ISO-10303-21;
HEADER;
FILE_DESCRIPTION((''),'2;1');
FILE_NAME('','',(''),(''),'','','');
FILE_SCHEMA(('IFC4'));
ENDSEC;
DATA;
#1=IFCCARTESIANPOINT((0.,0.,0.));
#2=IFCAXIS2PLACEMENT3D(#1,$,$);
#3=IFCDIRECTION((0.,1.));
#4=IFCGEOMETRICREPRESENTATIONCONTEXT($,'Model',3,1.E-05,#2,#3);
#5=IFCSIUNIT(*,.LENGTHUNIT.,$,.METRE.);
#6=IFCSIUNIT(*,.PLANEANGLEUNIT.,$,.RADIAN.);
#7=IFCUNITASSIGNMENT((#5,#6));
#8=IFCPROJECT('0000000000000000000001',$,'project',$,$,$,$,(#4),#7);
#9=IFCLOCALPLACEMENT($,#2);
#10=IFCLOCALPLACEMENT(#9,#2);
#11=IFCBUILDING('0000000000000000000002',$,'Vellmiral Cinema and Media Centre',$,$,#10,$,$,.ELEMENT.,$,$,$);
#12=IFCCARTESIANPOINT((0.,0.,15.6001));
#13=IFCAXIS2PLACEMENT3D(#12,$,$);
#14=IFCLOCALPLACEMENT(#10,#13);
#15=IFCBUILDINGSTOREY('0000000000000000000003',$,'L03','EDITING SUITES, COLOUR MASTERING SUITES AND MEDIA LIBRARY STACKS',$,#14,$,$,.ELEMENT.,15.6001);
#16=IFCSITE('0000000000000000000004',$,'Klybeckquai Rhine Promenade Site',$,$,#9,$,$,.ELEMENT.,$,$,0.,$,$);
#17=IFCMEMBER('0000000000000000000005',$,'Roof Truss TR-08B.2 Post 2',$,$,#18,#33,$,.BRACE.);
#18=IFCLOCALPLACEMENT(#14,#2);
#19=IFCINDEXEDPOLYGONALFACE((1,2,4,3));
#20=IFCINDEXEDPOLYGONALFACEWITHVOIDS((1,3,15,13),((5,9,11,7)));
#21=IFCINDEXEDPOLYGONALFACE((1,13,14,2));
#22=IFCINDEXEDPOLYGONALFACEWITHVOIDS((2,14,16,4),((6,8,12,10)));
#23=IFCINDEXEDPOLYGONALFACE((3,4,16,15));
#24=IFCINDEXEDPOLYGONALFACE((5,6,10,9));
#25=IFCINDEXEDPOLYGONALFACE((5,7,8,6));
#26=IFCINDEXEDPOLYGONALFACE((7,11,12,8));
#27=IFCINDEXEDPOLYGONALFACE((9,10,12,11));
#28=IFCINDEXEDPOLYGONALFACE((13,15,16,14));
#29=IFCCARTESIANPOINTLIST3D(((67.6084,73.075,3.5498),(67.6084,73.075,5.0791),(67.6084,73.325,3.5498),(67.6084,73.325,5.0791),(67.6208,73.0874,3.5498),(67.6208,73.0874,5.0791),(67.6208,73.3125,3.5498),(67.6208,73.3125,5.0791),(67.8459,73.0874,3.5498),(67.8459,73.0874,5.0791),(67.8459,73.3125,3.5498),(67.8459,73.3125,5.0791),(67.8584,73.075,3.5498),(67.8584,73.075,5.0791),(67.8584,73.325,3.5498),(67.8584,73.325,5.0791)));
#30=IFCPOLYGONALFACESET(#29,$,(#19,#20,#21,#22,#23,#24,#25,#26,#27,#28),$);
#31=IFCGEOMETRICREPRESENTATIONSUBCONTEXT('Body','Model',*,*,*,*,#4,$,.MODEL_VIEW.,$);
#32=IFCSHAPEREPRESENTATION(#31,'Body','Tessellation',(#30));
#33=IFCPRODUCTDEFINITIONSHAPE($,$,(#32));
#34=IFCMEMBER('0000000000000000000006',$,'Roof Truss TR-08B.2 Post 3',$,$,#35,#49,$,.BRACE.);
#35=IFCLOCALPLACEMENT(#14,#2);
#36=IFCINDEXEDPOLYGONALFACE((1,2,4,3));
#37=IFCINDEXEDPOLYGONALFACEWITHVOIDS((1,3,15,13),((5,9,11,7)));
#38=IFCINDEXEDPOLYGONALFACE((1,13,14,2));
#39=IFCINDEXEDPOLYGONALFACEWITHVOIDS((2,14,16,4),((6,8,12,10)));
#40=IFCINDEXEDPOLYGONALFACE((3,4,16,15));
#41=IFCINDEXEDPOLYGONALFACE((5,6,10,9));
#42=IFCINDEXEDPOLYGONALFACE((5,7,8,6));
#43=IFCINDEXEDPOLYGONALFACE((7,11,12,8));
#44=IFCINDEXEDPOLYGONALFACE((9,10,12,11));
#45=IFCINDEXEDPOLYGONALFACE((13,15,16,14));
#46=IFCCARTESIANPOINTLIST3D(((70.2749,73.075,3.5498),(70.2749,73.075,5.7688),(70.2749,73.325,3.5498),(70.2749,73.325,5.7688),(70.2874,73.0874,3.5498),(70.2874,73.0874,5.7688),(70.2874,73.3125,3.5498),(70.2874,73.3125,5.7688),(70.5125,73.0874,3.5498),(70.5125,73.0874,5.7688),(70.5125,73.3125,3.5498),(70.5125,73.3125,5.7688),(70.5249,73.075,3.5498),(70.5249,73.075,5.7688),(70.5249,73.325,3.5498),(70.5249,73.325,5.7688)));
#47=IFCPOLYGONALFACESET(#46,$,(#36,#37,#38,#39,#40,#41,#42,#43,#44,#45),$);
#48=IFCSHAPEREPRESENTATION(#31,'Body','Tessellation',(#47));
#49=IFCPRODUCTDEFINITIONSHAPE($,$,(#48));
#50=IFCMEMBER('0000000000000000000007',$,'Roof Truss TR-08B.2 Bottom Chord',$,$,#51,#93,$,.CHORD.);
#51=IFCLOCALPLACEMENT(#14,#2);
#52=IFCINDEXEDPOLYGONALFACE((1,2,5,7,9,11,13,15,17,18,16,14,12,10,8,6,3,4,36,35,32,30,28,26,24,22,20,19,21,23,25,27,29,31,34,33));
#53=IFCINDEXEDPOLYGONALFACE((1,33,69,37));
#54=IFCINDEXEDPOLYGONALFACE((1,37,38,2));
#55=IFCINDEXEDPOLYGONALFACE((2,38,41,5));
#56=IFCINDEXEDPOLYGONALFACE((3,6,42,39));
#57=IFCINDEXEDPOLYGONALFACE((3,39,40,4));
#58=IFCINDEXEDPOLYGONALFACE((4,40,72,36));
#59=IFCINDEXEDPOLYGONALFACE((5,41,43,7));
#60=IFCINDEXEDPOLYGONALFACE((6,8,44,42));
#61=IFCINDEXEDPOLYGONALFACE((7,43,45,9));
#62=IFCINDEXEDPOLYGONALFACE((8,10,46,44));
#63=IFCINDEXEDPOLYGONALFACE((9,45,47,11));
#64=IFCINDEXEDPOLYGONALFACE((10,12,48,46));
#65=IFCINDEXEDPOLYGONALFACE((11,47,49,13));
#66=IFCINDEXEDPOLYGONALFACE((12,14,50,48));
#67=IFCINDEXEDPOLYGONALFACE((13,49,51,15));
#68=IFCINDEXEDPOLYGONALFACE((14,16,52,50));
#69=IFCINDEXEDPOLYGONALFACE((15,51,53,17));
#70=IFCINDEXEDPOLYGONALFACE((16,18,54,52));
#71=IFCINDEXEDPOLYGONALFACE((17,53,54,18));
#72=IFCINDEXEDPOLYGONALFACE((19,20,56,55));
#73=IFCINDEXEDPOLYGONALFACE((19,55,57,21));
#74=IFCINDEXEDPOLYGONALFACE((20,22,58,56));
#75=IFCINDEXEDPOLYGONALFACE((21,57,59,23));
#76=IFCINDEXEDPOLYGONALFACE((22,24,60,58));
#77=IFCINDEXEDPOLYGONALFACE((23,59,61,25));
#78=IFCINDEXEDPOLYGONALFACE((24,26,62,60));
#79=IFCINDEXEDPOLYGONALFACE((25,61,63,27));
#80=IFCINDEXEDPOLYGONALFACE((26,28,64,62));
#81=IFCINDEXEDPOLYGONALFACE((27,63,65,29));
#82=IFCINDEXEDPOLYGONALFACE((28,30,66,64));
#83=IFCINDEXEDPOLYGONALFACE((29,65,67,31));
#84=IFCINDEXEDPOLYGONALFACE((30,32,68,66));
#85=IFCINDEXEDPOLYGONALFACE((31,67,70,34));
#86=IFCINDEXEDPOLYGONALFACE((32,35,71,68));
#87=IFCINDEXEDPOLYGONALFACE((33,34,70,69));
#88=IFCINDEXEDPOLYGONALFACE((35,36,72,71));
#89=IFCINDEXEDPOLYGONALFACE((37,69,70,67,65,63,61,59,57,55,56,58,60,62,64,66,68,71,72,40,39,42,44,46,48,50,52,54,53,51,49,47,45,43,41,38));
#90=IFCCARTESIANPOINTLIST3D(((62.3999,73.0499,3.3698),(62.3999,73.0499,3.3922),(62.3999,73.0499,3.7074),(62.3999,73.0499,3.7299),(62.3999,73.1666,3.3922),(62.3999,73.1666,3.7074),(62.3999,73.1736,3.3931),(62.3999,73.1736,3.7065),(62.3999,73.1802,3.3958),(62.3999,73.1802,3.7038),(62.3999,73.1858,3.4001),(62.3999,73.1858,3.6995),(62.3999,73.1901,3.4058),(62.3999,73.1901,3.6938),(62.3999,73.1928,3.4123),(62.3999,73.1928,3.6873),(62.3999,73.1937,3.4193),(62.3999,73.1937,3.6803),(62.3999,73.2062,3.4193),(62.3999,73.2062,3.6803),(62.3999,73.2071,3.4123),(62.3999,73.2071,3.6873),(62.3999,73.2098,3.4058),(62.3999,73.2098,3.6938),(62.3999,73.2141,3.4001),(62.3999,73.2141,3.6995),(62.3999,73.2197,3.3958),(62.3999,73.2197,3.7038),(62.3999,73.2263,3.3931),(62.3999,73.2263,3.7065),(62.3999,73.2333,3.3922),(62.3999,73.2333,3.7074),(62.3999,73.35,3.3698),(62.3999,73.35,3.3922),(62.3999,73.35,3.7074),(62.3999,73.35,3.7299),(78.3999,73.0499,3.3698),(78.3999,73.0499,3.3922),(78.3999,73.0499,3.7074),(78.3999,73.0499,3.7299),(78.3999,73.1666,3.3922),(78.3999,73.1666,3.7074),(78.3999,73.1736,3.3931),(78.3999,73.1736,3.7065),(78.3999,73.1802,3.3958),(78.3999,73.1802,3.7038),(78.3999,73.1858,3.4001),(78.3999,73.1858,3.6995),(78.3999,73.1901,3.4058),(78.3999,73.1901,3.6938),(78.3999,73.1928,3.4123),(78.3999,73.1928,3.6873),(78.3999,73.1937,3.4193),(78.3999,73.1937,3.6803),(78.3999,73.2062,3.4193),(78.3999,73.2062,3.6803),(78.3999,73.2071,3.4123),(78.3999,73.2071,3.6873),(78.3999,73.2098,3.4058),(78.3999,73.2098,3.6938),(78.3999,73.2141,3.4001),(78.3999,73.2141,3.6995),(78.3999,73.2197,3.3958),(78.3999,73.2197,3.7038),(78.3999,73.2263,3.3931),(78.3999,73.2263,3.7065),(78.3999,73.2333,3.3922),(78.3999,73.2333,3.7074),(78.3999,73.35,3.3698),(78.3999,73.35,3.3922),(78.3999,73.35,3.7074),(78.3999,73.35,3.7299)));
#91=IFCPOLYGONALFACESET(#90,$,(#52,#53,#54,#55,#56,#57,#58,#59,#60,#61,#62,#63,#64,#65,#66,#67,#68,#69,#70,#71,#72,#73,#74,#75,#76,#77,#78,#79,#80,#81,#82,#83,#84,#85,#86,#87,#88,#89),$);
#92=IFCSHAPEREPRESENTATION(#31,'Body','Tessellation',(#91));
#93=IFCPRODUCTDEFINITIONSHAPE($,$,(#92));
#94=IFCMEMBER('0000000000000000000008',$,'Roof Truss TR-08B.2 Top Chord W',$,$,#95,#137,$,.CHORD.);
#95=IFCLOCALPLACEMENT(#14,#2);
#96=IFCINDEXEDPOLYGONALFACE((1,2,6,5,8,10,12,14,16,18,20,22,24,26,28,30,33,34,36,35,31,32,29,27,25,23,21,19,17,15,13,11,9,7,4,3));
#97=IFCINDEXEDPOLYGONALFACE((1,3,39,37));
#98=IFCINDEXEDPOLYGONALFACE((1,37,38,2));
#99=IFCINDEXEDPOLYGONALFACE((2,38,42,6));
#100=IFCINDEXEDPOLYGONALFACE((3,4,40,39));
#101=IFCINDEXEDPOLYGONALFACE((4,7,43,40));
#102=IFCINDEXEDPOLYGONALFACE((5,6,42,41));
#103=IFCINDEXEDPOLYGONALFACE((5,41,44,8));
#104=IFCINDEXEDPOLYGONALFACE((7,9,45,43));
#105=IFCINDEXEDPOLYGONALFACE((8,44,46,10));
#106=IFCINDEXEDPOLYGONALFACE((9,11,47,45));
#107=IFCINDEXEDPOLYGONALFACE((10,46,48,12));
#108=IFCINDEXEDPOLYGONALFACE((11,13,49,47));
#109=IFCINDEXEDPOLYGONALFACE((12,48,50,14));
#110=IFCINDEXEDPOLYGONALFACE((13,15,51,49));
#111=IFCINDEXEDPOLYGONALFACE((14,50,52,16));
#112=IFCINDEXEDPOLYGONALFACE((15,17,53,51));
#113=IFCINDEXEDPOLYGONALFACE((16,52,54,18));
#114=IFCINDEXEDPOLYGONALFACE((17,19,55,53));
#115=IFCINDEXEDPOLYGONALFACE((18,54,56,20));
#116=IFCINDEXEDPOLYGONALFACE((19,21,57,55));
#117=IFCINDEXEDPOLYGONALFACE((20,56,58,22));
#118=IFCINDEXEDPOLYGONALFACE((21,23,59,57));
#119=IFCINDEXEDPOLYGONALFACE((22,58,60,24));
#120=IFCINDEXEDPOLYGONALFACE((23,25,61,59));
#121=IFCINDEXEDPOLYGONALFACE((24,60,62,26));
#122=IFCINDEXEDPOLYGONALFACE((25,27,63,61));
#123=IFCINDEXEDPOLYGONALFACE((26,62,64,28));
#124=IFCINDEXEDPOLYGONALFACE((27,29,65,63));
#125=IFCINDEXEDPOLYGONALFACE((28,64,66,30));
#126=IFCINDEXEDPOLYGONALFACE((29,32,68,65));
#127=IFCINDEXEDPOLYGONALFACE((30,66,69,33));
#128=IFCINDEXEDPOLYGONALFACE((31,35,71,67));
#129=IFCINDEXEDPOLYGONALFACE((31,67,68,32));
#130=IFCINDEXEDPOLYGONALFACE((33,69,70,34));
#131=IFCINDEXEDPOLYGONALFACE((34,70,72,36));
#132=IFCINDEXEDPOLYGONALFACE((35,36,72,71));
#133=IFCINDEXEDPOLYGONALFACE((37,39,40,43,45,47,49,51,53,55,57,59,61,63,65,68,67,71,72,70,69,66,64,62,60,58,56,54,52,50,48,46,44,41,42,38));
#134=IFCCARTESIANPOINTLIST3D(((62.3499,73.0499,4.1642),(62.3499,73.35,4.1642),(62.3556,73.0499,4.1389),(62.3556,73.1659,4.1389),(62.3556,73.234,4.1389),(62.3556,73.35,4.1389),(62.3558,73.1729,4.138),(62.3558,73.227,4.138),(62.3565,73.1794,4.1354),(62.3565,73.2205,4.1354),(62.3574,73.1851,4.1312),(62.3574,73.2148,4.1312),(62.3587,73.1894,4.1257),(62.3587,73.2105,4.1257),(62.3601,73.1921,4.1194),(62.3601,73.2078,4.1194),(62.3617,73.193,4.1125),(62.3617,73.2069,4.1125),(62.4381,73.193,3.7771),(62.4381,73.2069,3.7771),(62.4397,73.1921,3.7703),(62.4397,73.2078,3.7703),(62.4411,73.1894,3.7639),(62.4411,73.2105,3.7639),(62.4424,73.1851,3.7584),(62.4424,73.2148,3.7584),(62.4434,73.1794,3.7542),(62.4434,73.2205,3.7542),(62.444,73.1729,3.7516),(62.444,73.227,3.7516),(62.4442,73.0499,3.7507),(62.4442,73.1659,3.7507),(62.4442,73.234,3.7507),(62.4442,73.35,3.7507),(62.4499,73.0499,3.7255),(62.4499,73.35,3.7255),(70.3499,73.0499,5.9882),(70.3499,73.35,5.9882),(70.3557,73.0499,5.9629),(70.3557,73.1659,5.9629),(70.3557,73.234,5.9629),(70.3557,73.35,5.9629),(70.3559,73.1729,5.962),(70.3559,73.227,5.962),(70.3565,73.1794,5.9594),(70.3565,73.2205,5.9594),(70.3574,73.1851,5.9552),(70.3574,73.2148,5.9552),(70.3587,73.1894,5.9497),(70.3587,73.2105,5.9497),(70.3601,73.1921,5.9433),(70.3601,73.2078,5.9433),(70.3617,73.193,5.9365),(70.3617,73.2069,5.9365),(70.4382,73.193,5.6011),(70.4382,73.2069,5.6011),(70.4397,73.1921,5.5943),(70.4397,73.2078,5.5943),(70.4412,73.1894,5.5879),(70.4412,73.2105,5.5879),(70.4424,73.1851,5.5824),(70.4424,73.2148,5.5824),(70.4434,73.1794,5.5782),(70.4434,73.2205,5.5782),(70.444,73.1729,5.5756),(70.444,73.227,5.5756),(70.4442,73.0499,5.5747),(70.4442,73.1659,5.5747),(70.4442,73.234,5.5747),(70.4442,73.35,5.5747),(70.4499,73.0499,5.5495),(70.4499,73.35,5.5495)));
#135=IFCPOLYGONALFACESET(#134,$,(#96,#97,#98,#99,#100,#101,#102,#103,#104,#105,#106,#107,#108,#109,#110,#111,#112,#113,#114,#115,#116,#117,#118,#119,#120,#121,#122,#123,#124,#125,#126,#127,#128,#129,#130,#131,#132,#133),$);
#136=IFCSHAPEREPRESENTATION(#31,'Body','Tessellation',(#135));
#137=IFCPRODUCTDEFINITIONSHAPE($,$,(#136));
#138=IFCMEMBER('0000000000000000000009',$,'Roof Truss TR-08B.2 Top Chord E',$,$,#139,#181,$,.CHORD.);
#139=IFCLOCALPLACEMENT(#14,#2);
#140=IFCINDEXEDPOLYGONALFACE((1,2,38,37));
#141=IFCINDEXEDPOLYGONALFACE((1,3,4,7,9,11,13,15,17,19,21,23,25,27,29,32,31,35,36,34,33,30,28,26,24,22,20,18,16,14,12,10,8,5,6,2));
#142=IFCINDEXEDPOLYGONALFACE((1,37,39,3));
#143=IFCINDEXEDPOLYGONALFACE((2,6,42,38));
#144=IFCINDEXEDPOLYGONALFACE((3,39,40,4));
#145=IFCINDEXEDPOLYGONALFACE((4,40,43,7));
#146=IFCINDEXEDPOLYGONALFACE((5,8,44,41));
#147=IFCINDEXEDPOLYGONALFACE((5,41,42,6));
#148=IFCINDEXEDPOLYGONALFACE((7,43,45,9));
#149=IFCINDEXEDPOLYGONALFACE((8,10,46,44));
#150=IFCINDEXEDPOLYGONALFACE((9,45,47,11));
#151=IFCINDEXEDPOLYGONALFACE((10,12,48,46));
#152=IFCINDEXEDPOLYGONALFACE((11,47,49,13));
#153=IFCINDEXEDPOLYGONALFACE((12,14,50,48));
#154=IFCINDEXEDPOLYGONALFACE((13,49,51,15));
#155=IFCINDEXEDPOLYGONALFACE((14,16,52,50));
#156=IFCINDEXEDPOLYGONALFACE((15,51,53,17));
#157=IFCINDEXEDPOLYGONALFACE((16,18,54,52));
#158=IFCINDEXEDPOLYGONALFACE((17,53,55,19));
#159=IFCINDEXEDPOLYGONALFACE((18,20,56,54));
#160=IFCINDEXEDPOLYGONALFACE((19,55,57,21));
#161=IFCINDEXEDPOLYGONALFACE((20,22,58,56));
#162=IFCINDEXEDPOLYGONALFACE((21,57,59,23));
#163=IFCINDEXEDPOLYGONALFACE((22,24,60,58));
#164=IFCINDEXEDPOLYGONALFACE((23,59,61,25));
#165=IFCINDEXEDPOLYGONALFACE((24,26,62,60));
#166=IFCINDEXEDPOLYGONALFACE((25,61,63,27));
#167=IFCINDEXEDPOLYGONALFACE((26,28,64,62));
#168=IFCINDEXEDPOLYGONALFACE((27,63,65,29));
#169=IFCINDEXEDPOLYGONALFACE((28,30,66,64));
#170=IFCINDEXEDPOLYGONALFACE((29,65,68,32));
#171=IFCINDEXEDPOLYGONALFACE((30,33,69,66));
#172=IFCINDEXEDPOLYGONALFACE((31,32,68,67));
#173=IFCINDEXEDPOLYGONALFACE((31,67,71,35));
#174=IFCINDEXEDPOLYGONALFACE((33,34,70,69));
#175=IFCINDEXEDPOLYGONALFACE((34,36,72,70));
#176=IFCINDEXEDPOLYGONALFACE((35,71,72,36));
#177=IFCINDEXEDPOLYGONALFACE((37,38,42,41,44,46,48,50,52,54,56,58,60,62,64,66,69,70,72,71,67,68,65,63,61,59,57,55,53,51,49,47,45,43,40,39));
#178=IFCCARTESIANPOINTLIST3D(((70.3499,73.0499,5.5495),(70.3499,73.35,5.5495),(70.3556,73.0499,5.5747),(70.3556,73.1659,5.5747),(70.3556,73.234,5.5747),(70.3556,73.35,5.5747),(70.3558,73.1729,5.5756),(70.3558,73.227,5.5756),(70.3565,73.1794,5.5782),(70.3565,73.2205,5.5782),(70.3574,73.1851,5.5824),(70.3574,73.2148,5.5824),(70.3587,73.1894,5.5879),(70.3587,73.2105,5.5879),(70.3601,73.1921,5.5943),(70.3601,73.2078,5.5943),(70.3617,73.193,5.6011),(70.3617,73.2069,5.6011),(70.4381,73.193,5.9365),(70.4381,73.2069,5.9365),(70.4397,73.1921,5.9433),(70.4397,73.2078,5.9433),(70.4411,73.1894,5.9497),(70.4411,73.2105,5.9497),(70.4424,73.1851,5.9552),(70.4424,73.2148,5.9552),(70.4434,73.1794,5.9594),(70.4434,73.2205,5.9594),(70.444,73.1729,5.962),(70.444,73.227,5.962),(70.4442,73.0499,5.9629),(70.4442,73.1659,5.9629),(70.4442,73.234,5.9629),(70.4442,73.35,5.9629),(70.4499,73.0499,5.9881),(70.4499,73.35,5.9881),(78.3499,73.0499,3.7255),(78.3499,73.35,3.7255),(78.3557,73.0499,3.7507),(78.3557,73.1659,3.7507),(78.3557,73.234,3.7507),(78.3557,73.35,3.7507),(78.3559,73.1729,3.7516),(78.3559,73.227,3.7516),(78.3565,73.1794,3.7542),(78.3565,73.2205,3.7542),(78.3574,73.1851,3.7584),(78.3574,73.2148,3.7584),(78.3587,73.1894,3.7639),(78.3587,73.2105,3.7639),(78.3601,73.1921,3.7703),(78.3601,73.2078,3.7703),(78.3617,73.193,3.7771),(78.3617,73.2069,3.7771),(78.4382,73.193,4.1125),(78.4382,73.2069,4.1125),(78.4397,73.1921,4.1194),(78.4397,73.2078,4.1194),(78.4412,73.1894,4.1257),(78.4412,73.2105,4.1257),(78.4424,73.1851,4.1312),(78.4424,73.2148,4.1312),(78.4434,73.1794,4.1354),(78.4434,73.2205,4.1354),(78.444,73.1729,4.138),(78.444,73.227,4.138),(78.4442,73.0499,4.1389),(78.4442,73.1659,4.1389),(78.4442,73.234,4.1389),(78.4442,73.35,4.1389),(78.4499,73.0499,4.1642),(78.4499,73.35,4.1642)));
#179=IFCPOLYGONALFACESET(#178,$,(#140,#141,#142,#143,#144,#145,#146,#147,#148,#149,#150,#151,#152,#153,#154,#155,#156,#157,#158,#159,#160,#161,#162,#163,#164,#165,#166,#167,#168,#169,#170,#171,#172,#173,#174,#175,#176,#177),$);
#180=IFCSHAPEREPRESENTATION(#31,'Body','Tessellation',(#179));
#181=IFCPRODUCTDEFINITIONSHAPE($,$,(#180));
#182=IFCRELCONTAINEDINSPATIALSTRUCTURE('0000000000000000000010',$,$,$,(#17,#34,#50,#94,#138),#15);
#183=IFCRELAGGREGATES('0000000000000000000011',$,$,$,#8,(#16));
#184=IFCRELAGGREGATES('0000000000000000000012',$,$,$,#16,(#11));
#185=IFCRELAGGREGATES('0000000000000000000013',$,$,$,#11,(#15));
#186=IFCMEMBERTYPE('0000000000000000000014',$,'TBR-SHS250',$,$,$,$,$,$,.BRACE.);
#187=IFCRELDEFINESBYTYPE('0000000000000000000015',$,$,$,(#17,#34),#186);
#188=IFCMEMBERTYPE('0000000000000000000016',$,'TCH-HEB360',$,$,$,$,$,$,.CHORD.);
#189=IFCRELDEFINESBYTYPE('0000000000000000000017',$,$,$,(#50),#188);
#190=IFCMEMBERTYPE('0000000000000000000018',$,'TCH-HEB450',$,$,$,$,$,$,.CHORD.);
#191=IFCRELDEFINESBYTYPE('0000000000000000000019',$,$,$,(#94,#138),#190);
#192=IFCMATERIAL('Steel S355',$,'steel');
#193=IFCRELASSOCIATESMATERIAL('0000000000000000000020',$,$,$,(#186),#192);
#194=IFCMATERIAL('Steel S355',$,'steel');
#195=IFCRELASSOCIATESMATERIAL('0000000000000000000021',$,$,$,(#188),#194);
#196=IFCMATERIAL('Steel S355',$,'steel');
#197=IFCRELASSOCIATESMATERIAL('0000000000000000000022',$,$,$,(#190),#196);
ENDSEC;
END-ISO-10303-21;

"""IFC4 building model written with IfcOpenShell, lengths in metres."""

from ifc_helpers import new_model, si_unit, direction, frame, origin, origin_2d, place, context, subcontext, project, spatial, hollow_rectangle, i_section, extrude, material, material_profile, profile_set, type_object, element, save


model = new_model("IFC4")

# Units and contexts
model_context = context("Model", 3, precision=1e-05, world=origin(), true_north=direction((0.0, 1.0)))
body_context = subcontext(model_context, "Body", "Model", "MODEL_VIEW")
ifc_project = project(units=[si_unit("LENGTHUNIT", "METRE"), si_unit("PLANEANGLEUNIT", "RADIAN")], contexts=[model_context])

# Site, building, storey
site_placement = place(None, origin())
site = spatial("IfcSite", under=ifc_project, at=site_placement, Name="Klybeckquai Rhine Promenade Site", CompositionType="ELEMENT", RefElevation=0.0)
building_placement = place(site_placement, origin())
building = spatial("IfcBuilding", under=site, at=building_placement, Name="Vellmiral Cinema and Media Centre", CompositionType="ELEMENT")
storey_placement = place(building_placement, frame((0.0, 0.0, 15.6001)))
storey = spatial("IfcBuildingStorey", under=building, at=storey_placement, Name="L03", Description="EDITING SUITES, COLOUR MASTERING SUITES AND MEDIA LIBRARY STACKS", CompositionType="ELEMENT", Elevation=15.6001)

# Members
ifc_material_1 = material(Name="Steel S355", Category="steel")
ifc_material_profile_1 = material_profile(ifc_material_1, hollow_rectangle(XDim=0.25, YDim=0.25, WallThickness=0.0125, at=origin_2d()), Name="SHS 250x250x12.5")
ifc_profile_set_1 = profile_set([ifc_material_profile_1], Name="Steel S355")
member_type_1 = type_object("IfcMemberType", Name="TBR-SHS250", PredefinedType="BRACE", material=ifc_profile_set_1)
member_1_placement = place(storey_placement, frame((67.7334, 73.2, 3.5498), z_axis=(0.0, 0.0, 1.0), x_axis=(1.0, 0.0, 0.0)))
element("IfcMember", 1, at=member_1_placement, inside=storey, type_object=member_type_1, Name="Roof Truss TR-08B.2 Post 2", PredefinedType="BRACE", context=body_context, shape_type="SweptSolid", body=[
    extrude(hollow_rectangle(XDim=0.25, YDim=0.25, WallThickness=0.0125, at=origin_2d()), origin(), (0.0, 0.0, 1.0), 1.5293),
])
member_2_placement = place(storey_placement, frame((70.3999, 73.2, 3.5498), z_axis=(0.0, 0.0, 1.0), x_axis=(1.0, 0.0, 0.0)))
element("IfcMember", 2, at=member_2_placement, inside=storey, type_object=member_type_1, Name="Roof Truss TR-08B.2 Post 3", PredefinedType="BRACE", context=body_context, shape_type="SweptSolid", body=[
    extrude(hollow_rectangle(XDim=0.25, YDim=0.25, WallThickness=0.0125, at=origin_2d()), origin(), (0.0, 0.0, 1.0), 2.219),
])
ifc_material_2 = material(Name="Steel S355", Category="steel")
ifc_material_profile_2 = material_profile(ifc_material_2, i_section(OverallWidth=0.3, OverallDepth=0.3601, WebThickness=0.0125, FlangeThickness=0.0225, FilletRadius=0.0271, at=origin_2d()), Name="HEB 360")
ifc_profile_set_2 = profile_set([ifc_material_profile_2], Name="Steel S355")
member_type_2 = type_object("IfcMemberType", Name="TCH-HEB360", PredefinedType="CHORD", material=ifc_profile_set_2)
member_3_placement = place(storey_placement, frame((62.3999, 73.2, 3.5498), z_axis=(1.0, 0.0, 0.0), x_axis=(0.0, 1.0, 0.0)))
element("IfcMember", 3, at=member_3_placement, inside=storey, type_object=member_type_2, Name="Roof Truss TR-08B.2 Bottom Chord", PredefinedType="CHORD", context=body_context, shape_type="SweptSolid", body=[
    extrude(i_section(OverallWidth=0.3, OverallDepth=0.3601, WebThickness=0.0125, FlangeThickness=0.0225, FilletRadius=0.0271, at=origin_2d()), origin(), (0.0, 0.0, 1.0), 16.0),
])
ifc_material_3 = material(Name="Steel S355", Category="steel")
ifc_material_profile_3 = material_profile(ifc_material_3, i_section(OverallWidth=0.3, OverallDepth=0.45, WebThickness=0.0139, FlangeThickness=0.0259, FilletRadius=0.0271, at=origin_2d()), Name="HEB 450")
ifc_profile_set_3 = profile_set([ifc_material_profile_3], Name="Steel S355")
member_type_3 = type_object("IfcMemberType", Name="TCH-HEB450", PredefinedType="CHORD", material=ifc_profile_set_3)
for number, where, z_axis, x_axis, name in (
    (4, (62.3999, 73.2, 3.9448), (0.97498, 0.0, 0.222292), (0.0, 1.0, 0.0), "Roof Truss TR-08B.2 Top Chord W"),
    (5, (70.3999, 73.2, 5.7688), (0.97498, 0.0, -0.222292), (0.0, 1.0, 0.0), "Roof Truss TR-08B.2 Top Chord E"),
):
    element("IfcMember", number, at=place(storey_placement, frame(where, z_axis=z_axis, x_axis=x_axis)), inside=storey, type_object=member_type_3, Name=name, PredefinedType="CHORD", context=body_context, shape_type="SweptSolid", body=[
        extrude(i_section(OverallWidth=0.3, OverallDepth=0.45, WebThickness=0.0139, FlangeThickness=0.0259, FilletRadius=0.0271, at=origin_2d()), origin(), (0.0, 0.0, 1.0), 8.2053),
    ])

save(model, "model.ifc")
